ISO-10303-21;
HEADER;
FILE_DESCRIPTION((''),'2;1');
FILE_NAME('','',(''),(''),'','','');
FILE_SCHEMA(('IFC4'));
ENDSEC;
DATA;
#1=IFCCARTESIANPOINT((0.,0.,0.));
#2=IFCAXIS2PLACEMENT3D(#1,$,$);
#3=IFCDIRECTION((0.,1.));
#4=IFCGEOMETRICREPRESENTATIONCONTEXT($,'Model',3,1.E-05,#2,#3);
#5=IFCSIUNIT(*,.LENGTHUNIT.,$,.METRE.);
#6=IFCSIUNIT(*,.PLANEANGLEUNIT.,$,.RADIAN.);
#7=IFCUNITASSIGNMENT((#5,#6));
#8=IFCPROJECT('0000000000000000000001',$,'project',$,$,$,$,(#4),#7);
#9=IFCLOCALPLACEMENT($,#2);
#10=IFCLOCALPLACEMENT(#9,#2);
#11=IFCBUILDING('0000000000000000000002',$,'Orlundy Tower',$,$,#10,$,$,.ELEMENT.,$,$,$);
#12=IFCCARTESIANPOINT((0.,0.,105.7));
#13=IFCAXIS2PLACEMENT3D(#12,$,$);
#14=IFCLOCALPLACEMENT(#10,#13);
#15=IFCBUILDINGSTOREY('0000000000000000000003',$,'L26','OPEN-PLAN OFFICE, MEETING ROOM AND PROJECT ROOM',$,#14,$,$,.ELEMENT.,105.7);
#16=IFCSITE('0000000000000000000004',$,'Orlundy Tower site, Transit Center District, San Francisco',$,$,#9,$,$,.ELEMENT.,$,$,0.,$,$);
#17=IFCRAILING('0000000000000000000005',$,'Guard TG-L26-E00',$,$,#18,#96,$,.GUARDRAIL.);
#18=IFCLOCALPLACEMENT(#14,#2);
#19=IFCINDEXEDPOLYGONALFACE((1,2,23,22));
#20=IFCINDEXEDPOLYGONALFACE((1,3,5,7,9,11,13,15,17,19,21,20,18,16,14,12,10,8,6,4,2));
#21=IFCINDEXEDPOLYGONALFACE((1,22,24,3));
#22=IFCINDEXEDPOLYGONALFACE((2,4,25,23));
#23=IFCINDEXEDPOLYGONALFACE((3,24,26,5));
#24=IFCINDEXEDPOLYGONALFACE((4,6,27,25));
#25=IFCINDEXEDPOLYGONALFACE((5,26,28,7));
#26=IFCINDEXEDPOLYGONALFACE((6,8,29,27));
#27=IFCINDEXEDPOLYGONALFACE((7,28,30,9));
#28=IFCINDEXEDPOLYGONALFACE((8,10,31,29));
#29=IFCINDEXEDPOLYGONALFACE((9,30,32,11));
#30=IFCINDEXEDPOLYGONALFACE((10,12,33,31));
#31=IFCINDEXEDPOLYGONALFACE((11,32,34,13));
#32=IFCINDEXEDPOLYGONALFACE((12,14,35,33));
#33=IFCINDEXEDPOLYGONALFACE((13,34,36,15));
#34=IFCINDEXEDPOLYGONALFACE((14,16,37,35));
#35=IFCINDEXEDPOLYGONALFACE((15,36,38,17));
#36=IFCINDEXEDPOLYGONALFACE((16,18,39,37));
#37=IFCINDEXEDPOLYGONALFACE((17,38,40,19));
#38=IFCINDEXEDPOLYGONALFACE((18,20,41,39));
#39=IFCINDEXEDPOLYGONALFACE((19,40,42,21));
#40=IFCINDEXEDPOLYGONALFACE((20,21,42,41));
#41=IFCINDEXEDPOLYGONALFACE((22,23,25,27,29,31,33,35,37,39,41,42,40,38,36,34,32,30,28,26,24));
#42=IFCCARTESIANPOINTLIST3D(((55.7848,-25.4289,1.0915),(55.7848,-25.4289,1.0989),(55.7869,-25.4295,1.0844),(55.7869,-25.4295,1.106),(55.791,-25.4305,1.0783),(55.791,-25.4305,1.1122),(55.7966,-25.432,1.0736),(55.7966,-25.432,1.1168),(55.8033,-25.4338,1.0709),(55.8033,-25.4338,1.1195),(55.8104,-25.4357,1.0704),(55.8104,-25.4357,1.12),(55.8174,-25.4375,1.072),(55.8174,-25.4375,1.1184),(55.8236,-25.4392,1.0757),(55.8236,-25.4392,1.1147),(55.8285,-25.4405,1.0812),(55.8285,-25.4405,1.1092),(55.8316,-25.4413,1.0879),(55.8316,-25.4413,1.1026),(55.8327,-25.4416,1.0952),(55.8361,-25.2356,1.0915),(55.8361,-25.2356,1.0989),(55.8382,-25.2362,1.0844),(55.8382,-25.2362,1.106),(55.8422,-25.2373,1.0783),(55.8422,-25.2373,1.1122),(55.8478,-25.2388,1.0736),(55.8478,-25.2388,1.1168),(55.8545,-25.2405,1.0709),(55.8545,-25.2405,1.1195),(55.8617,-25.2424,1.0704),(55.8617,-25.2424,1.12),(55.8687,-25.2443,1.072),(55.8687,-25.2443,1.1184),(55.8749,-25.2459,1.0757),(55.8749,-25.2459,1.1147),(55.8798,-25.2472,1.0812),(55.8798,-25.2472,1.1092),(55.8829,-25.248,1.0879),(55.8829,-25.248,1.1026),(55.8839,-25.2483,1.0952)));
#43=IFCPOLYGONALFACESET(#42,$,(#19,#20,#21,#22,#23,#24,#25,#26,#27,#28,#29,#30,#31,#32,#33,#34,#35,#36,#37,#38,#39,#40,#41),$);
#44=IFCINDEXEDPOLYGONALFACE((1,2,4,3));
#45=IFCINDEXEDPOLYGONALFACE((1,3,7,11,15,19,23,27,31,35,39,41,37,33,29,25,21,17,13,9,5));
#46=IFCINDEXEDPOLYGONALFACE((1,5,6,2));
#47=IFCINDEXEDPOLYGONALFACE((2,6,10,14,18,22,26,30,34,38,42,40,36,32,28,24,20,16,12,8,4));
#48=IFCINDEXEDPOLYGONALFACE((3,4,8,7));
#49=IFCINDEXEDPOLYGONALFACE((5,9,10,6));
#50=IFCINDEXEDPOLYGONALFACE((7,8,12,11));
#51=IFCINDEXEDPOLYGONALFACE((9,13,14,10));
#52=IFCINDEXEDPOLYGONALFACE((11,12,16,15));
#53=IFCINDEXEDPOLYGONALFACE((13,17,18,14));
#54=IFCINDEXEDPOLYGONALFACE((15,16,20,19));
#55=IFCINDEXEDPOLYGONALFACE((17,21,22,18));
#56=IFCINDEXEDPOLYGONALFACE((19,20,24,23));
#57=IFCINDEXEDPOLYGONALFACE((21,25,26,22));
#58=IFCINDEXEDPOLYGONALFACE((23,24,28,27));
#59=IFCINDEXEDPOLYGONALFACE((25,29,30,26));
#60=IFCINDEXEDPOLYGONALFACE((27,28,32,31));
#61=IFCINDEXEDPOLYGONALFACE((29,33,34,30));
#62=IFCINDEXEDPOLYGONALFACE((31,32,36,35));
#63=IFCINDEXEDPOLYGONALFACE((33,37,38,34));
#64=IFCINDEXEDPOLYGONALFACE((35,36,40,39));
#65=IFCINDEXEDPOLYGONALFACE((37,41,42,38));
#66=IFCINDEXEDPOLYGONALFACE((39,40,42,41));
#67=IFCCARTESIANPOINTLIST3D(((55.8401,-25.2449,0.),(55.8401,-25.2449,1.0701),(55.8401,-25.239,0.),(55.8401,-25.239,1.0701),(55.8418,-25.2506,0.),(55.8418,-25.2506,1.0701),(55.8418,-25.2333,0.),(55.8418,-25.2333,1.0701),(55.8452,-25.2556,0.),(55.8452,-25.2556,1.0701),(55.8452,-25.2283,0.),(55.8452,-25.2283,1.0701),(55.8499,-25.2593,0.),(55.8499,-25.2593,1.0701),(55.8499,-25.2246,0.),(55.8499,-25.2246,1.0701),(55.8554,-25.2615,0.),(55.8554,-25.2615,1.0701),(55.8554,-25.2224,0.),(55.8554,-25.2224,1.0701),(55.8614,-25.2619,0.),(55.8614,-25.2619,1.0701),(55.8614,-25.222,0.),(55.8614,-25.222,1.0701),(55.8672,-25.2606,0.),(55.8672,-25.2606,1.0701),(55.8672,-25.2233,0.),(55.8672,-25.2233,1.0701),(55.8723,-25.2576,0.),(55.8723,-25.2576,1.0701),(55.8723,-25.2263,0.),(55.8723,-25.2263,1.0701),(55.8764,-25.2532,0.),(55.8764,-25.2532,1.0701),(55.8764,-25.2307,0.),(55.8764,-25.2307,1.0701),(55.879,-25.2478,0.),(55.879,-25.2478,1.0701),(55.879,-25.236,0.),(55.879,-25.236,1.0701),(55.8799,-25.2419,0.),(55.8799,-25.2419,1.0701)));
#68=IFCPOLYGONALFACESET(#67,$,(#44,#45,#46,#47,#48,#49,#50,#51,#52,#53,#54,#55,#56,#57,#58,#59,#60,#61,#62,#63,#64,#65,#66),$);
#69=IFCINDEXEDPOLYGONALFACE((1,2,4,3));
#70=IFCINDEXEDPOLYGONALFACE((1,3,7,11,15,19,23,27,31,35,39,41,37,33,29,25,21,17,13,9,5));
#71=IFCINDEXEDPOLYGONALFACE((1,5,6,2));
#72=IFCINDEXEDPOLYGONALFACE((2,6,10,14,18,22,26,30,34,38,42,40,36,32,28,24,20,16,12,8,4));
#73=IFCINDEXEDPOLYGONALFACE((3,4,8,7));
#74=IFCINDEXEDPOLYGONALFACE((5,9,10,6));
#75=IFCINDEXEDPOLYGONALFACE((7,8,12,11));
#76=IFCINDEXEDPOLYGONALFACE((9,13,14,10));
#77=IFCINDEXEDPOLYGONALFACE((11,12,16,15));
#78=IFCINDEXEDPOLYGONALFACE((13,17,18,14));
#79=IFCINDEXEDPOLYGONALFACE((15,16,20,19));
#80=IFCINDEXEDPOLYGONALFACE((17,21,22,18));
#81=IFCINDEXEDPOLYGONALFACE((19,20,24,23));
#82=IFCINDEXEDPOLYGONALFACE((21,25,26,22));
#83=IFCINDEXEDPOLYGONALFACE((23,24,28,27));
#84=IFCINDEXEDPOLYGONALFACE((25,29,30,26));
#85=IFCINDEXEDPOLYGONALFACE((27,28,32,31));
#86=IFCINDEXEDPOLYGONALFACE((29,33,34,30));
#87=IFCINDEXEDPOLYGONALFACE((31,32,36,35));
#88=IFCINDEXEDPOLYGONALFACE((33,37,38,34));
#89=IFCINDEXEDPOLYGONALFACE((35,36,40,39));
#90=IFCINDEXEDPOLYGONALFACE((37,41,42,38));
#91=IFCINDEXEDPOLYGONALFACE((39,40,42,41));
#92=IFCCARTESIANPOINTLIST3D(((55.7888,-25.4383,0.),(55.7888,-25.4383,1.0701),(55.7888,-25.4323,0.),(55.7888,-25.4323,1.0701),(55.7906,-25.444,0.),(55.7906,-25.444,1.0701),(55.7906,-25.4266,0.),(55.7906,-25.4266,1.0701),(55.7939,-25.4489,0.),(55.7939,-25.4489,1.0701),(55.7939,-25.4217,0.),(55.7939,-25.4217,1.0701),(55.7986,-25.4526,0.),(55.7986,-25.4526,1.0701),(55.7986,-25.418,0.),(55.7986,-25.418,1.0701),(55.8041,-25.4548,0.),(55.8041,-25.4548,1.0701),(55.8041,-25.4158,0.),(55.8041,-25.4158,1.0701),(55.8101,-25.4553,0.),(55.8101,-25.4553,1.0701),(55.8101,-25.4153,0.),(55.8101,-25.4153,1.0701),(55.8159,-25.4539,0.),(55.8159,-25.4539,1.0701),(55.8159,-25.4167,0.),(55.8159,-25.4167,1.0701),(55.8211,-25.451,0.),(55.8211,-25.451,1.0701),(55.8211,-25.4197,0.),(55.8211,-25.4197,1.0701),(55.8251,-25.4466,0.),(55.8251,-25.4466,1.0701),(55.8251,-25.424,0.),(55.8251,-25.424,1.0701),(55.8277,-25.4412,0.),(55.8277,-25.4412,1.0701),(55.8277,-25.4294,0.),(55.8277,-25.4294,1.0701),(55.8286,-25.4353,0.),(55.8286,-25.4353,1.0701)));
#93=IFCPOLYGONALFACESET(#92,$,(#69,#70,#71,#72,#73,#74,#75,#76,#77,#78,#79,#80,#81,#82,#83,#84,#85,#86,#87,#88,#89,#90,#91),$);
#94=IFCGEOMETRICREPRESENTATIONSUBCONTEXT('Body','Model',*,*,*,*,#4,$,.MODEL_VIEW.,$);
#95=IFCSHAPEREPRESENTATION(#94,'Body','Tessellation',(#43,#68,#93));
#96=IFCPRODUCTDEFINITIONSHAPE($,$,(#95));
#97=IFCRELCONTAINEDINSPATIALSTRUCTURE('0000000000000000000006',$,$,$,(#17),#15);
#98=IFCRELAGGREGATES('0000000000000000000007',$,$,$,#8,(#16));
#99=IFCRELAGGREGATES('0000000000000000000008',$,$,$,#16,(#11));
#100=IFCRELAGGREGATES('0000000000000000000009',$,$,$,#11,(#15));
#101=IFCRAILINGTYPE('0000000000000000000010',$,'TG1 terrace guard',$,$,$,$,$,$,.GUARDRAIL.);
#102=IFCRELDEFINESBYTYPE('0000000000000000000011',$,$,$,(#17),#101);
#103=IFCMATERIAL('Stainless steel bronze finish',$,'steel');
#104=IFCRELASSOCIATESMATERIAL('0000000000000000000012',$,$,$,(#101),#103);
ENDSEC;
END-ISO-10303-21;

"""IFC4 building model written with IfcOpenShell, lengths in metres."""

from ifc_helpers import new_model, si_unit, direction, frame, origin, origin_2d, place, context, subcontext, project, spatial, circle, extrude, material, type_object, element, save


model = new_model("IFC4")

# Units and contexts
model_context = context("Model", 3, precision=1e-05, world=origin(), true_north=direction((0.0, 1.0)))
body_context = subcontext(model_context, "Body", "Model", "MODEL_VIEW")
ifc_project = project(units=[si_unit("LENGTHUNIT", "METRE"), si_unit("PLANEANGLEUNIT", "RADIAN")], contexts=[model_context])

# Site, building, storey
site_placement = place(None, origin())
site = spatial("IfcSite", under=ifc_project, at=site_placement, Name="Orlundy Tower site, Transit Center District, San Francisco", CompositionType="ELEMENT", RefElevation=0.0)
building_placement = place(site_placement, origin())
building = spatial("IfcBuilding", under=site, at=building_placement, Name="Orlundy Tower", CompositionType="ELEMENT")
storey_placement = place(building_placement, frame((0.0, 0.0, 105.7)))
storey = spatial("IfcBuildingStorey", under=building, at=storey_placement, Name="L26", Description="OPEN-PLAN OFFICE, MEETING ROOM AND PROJECT ROOM", CompositionType="ELEMENT", Elevation=105.7)

# Railing
ifc_material_1 = material(Name="Stainless steel bronze finish", Category="steel")
railing_type = type_object("IfcRailingType", Name="TG1 terrace guard", PredefinedType="GUARDRAIL", material=ifc_material_1)
railing_placement = place(storey_placement, frame((55.8599, -25.2419, 0.0)))
element("IfcRailing", 1, at=railing_placement, inside=storey, type_object=railing_type, Name="Guard TG-L26-E00", PredefinedType="GUARDRAIL", context=body_context, shape_type="SweptSolid", body=[
    extrude(circle(Radius=0.0249, at=origin_2d()), frame((0.0, 0.0, 1.0952), z_axis=(-0.256295, -0.966599, 0.0), x_axis=(0.966599, -0.256295, 0.0)), (0.0, 0.0, 1.0), 0.2),
    extrude(circle(Radius=0.02, at=origin_2d()), origin(), (0.0, 0.0, 1.0), 1.0701),
    extrude(circle(Radius=0.02, at=origin_2d()), frame((-0.0513, -0.1934, 0.0)), (0.0, 0.0, 1.0), 1.0701),
])

save(model, "model.ifc")
